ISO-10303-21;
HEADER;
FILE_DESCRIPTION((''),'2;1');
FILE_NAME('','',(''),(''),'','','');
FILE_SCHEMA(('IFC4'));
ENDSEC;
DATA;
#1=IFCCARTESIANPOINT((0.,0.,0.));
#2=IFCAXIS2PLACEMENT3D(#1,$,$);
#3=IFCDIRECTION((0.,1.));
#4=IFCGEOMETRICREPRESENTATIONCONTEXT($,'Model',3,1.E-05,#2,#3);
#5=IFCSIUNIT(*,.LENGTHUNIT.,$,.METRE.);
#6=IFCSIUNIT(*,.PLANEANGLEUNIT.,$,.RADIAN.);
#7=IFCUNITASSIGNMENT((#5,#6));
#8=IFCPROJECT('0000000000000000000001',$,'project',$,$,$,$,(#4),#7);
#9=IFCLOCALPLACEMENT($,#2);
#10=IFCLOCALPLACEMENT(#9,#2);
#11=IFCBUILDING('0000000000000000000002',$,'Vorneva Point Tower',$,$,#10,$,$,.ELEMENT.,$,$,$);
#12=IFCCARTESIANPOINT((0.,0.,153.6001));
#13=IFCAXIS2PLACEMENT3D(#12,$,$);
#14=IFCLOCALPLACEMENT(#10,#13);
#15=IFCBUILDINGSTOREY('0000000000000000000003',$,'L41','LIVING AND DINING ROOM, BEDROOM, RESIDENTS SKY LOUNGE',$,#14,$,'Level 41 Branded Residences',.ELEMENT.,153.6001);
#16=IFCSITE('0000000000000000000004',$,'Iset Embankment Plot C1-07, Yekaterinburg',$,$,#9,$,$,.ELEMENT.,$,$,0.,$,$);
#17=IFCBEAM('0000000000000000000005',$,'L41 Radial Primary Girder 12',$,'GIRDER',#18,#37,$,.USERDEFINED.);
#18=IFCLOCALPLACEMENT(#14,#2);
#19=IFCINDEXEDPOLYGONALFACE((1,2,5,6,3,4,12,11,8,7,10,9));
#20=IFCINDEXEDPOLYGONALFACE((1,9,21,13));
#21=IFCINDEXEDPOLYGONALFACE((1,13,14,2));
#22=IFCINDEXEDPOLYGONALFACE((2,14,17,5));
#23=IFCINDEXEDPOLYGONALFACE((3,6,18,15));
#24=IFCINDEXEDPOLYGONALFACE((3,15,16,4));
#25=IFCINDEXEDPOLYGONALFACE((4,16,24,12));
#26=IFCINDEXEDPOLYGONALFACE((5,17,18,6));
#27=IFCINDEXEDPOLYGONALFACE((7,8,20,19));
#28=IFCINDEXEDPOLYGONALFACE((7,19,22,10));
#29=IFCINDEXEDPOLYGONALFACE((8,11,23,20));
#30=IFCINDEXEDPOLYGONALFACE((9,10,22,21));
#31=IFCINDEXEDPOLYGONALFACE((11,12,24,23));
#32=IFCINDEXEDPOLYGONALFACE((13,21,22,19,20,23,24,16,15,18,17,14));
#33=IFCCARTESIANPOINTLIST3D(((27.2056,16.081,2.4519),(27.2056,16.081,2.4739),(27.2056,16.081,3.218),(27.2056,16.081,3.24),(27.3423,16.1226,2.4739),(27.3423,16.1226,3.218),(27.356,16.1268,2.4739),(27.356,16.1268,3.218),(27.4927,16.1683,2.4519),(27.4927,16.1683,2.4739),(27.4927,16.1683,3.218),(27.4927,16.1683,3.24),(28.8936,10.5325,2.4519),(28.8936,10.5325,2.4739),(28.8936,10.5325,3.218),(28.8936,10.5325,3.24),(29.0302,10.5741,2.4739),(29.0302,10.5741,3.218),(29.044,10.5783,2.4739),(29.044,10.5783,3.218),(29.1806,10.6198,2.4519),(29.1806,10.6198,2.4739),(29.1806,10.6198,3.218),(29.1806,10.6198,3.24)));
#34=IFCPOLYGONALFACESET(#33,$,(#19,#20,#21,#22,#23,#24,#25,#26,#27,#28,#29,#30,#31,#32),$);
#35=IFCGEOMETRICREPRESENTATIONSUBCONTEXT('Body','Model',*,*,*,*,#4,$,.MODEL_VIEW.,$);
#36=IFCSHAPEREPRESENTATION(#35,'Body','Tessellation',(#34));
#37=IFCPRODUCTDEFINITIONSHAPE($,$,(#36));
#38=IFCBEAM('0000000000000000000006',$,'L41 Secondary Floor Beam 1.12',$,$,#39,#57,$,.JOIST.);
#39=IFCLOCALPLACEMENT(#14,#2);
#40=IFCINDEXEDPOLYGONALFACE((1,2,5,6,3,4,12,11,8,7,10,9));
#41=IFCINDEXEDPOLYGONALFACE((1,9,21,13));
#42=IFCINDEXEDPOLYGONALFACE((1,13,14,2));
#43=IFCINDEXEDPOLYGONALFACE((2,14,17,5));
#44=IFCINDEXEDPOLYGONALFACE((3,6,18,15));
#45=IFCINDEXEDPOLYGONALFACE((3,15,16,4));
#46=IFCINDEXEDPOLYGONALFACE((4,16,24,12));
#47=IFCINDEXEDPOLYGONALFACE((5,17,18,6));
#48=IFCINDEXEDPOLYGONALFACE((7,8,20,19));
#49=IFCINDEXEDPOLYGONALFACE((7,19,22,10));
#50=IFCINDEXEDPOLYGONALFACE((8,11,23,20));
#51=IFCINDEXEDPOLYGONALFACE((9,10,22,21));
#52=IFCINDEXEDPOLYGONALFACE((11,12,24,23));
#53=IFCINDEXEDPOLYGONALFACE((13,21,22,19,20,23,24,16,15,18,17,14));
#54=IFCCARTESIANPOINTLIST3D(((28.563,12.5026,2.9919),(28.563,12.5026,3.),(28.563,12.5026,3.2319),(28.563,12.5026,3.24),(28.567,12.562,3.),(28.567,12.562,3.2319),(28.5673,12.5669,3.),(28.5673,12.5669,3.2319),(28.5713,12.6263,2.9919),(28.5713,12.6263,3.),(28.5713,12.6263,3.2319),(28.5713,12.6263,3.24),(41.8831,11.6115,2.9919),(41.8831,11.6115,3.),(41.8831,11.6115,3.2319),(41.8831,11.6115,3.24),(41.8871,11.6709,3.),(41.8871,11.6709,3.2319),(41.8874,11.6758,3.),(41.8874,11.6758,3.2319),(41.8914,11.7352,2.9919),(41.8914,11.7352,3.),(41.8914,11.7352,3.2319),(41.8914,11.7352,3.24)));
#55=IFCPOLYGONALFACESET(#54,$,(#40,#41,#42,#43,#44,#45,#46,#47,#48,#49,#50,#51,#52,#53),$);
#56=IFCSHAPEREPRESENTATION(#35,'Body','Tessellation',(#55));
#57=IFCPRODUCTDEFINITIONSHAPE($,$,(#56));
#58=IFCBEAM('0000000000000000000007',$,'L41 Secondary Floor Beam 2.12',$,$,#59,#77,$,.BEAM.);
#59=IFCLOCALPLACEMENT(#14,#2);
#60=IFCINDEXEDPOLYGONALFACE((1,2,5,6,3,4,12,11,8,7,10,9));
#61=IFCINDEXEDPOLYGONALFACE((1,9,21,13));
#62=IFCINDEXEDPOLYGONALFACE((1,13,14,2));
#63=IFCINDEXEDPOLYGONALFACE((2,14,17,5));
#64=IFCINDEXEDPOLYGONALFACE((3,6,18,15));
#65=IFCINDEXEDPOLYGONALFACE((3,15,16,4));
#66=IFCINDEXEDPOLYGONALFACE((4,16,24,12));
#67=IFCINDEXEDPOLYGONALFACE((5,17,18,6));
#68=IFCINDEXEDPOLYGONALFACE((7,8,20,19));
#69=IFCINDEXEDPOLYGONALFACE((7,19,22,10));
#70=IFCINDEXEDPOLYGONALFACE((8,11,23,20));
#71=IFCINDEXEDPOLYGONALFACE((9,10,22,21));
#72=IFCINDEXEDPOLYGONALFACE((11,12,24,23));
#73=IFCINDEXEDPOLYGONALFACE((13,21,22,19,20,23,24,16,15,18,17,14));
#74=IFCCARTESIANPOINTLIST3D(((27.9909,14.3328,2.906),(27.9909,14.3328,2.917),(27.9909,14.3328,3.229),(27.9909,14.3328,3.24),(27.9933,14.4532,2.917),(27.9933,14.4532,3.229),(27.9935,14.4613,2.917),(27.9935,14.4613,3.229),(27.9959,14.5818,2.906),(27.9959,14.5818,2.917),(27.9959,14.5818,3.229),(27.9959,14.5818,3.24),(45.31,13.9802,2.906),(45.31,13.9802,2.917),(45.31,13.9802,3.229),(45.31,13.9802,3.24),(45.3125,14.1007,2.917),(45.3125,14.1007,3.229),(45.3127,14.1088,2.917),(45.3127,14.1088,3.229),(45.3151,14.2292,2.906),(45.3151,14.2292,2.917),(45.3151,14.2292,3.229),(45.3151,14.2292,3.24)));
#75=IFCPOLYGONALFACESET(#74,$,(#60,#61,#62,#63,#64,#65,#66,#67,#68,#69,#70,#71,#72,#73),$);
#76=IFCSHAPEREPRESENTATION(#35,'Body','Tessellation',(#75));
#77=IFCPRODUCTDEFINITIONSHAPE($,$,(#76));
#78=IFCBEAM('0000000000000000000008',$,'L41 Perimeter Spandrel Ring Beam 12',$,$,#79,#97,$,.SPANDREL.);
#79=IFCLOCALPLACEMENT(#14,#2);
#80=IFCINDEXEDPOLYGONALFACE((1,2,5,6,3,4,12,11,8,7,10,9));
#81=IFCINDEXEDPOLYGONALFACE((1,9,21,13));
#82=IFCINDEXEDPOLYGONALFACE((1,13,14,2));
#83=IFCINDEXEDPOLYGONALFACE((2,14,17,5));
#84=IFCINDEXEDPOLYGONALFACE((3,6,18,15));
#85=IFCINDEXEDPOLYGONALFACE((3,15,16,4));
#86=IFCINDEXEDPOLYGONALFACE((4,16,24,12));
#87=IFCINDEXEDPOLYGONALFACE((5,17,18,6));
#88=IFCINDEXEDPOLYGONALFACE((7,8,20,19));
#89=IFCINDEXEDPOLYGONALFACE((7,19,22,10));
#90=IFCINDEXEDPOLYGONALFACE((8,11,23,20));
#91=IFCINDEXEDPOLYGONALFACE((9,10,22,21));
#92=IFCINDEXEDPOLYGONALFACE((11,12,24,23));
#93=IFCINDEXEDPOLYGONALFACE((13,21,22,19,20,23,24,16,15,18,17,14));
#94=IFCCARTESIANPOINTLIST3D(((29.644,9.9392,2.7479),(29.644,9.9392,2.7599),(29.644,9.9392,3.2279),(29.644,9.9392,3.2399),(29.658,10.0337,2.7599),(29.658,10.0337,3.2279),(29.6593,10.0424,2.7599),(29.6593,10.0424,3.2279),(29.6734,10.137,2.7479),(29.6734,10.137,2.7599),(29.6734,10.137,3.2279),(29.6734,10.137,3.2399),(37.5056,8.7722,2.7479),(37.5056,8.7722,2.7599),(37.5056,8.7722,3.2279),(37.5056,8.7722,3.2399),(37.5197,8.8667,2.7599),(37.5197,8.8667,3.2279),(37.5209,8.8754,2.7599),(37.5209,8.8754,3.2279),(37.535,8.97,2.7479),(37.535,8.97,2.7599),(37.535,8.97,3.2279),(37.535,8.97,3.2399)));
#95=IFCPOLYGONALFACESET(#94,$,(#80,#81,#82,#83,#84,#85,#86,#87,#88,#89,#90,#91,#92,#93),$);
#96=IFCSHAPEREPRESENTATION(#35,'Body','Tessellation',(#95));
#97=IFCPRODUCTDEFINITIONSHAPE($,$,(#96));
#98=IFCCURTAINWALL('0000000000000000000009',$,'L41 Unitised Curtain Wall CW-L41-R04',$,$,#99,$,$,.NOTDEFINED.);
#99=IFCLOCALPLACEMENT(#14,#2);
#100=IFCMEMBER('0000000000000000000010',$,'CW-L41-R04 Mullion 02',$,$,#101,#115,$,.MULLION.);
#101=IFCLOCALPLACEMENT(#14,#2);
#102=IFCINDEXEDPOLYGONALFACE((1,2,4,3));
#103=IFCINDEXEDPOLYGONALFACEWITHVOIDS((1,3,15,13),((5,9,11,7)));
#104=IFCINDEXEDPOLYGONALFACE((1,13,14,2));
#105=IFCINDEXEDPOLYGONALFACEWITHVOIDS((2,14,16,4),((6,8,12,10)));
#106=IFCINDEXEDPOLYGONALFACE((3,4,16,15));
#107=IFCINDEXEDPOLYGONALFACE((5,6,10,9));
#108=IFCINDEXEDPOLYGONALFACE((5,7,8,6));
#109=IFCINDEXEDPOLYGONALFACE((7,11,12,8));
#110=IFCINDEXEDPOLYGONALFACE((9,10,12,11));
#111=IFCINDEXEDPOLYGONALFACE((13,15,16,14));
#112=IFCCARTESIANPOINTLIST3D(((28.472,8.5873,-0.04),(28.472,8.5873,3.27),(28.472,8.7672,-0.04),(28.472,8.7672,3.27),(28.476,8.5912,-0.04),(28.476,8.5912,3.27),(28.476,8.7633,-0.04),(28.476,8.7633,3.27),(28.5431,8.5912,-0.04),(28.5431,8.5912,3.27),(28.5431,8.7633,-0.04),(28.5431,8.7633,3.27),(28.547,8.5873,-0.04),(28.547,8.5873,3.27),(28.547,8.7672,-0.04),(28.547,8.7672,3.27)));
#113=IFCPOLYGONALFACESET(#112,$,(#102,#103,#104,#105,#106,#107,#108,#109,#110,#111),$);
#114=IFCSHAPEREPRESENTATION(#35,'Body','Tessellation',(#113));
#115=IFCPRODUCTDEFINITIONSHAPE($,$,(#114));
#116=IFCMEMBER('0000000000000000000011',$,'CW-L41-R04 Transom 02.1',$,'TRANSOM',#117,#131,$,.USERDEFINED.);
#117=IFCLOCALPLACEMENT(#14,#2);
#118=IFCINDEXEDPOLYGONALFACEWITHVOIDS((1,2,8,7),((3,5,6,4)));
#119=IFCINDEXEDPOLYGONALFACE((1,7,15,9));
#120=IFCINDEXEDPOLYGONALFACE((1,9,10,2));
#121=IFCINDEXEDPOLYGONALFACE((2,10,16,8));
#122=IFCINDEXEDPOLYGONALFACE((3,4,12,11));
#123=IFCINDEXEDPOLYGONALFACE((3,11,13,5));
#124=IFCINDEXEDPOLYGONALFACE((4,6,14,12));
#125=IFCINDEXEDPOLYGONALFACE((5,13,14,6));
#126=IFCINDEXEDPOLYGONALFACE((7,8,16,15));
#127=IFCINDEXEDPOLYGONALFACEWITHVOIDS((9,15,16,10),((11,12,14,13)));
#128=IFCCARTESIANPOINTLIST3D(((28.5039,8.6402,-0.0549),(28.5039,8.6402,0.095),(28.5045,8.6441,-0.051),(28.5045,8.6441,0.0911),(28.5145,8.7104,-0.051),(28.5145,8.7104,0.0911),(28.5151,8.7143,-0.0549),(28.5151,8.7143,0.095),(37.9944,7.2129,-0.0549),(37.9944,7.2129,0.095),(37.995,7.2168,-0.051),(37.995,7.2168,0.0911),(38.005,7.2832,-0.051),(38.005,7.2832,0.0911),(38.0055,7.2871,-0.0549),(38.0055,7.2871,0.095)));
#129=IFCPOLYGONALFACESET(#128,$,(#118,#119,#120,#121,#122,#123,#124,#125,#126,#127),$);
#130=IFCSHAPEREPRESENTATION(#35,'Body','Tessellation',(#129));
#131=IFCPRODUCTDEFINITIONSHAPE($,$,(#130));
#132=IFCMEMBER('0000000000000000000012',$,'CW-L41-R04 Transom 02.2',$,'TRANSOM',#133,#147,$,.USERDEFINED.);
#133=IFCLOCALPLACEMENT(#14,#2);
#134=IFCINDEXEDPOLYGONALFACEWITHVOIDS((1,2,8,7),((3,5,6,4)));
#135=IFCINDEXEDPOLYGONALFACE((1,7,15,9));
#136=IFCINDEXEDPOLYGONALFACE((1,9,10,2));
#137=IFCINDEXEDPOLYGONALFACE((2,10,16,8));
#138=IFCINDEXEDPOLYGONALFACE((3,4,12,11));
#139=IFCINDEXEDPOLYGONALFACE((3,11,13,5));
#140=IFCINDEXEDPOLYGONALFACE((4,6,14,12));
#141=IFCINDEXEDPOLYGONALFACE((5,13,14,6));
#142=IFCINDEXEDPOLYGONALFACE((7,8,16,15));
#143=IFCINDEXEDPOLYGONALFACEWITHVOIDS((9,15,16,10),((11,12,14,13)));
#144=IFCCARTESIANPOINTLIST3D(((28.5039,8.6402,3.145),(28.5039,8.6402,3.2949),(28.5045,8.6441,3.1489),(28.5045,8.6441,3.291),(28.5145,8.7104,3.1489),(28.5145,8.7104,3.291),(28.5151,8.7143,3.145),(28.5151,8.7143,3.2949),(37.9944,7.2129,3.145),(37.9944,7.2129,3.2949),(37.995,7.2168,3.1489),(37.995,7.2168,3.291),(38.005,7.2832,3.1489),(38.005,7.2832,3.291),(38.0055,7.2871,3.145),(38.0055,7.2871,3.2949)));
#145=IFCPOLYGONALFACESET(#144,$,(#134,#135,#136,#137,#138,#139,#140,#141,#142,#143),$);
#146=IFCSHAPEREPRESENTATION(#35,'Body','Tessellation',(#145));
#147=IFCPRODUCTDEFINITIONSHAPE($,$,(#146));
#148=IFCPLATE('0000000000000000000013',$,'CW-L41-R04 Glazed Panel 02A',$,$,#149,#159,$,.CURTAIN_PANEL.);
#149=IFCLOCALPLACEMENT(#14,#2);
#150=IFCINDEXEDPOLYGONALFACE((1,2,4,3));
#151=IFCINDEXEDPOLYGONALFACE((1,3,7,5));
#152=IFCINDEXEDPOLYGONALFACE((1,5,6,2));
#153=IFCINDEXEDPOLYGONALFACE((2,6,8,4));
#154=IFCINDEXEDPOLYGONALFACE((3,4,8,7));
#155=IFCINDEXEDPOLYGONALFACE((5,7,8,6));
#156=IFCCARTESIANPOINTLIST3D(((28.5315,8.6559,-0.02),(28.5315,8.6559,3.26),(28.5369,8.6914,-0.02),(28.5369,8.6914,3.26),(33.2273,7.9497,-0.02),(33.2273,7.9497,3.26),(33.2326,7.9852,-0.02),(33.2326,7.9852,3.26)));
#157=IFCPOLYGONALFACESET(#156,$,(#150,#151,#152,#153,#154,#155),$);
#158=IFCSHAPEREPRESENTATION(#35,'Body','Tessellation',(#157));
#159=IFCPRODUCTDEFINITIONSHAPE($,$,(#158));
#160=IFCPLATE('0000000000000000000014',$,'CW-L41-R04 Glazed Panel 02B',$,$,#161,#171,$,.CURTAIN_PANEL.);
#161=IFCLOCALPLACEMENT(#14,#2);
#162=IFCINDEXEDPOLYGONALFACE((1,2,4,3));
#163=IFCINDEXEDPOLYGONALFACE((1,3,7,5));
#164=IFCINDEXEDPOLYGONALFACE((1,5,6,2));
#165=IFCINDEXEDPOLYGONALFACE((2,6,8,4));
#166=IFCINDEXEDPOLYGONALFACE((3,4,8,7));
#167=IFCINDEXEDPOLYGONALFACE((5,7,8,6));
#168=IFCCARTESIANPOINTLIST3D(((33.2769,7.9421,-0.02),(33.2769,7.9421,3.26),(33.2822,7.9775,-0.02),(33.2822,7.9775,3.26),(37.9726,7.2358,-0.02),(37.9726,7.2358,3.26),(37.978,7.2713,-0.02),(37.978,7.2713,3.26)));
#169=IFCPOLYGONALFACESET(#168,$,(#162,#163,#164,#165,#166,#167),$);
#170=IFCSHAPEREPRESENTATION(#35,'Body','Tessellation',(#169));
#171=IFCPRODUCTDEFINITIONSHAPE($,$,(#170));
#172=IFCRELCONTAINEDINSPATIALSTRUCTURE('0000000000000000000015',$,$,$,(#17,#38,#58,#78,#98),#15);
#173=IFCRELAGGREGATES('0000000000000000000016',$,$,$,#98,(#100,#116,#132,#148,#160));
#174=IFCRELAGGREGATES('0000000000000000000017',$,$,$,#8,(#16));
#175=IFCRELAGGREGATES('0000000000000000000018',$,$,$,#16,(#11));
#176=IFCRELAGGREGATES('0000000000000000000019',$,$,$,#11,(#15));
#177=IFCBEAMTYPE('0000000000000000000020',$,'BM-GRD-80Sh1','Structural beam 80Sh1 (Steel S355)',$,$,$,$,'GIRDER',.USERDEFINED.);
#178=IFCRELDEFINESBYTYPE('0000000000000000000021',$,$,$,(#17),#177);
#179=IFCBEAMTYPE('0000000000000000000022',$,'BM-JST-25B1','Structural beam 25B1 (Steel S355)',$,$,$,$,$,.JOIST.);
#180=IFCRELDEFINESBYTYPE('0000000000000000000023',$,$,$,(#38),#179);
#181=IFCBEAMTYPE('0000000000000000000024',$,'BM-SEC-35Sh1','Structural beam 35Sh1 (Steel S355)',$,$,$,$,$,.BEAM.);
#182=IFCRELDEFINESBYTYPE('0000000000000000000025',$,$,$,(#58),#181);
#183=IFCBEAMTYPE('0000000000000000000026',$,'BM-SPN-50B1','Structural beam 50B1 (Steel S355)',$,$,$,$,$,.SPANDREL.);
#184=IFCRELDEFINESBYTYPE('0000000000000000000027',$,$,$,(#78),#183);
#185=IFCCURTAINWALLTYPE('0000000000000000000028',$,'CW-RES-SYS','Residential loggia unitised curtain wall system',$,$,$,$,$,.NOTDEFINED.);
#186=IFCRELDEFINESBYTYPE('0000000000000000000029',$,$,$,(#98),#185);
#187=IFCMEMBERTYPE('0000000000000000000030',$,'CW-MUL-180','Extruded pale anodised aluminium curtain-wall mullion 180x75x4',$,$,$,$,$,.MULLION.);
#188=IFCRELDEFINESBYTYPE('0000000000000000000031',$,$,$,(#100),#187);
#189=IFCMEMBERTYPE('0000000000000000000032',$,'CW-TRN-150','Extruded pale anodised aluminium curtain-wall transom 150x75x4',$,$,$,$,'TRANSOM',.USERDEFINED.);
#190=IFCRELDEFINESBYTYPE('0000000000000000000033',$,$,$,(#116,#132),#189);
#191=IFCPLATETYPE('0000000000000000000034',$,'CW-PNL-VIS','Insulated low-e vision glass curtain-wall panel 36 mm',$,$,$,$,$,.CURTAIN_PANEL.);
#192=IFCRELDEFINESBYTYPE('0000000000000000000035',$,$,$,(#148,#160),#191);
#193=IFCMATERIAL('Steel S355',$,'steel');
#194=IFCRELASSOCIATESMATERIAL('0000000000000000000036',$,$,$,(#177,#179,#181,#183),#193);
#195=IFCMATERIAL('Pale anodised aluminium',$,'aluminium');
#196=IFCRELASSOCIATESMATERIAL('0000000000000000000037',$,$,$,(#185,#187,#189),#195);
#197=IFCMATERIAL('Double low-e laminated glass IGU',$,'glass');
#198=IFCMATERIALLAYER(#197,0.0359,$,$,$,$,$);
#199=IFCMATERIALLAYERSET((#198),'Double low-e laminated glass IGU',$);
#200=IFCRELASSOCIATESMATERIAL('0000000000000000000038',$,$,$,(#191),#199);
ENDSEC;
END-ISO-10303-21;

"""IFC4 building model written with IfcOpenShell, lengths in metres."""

from ifc_helpers import new_model, si_unit, direction, frame, origin, origin_2d, place, context, subcontext, project, spatial, rectangle, hollow_rectangle, i_section, extrude, material, layer, layer_set, material_profile, profile_set, type_object, element, aggregate, save


model = new_model("IFC4")

# Units and contexts
model_context = context("Model", 3, precision=1e-05, world=origin(), true_north=direction((0.0, 1.0)))
body_context = subcontext(model_context, "Body", "Model", "MODEL_VIEW")
ifc_project = project(units=[si_unit("LENGTHUNIT", "METRE"), si_unit("PLANEANGLEUNIT", "RADIAN")], contexts=[model_context])

# Site, building, storey
site_placement = place(None, origin())
site = spatial("IfcSite", under=ifc_project, at=site_placement, Name="Iset Embankment Plot C1-07, Yekaterinburg", CompositionType="ELEMENT", RefElevation=0.0)
building_placement = place(site_placement, origin())
building = spatial("IfcBuilding", under=site, at=building_placement, Name="Vorneva Point Tower", CompositionType="ELEMENT")
storey_placement = place(building_placement, frame((0.0, 0.0, 153.6001)))
storey = spatial("IfcBuildingStorey", under=building, at=storey_placement, Name="L41", Description="LIVING AND DINING ROOM, BEDROOM, RESIDENTS SKY LOUNGE", LongName="Level 41 Branded Residences", CompositionType="ELEMENT", Elevation=153.6001)

# Beams
ifc_material_1 = material(Name="Steel S355", Category="steel")
ifc_material_profile_1 = material_profile(ifc_material_1, i_section(OverallWidth=0.3, OverallDepth=0.7881, WebThickness=0.0144, FlangeThickness=0.022, at=origin_2d()), Name="80Sh1")
ifc_profile_set_1 = profile_set([ifc_material_profile_1], Name="Steel S355")
beam_type_1 = type_object("IfcBeamType", Name="BM-GRD-80Sh1", Description="Structural beam 80Sh1 (Steel S355)", ElementType="GIRDER", PredefinedType="USERDEFINED", material=ifc_profile_set_1)
beam_1_placement = place(storey_placement, frame((29.0371, 10.5762, 2.8459), z_axis=(-0.291049, 0.956708, 0.0), x_axis=(-0.956708, -0.291049, 0.0)))
element("IfcBeam", 1, at=beam_1_placement, inside=storey, type_object=beam_type_1, Name="L41 Radial Primary Girder 12", ObjectType="GIRDER", PredefinedType="USERDEFINED", context=body_context, shape_type="SweptSolid", body=[
    extrude(i_section(OverallWidth=0.3, OverallDepth=0.7881, WebThickness=0.0144, FlangeThickness=0.022, at=origin_2d()), origin(), (0.0, 0.0, 1.0), 5.7996),
])
ifc_material_profile_2 = material_profile(ifc_material_1, i_section(OverallWidth=0.124, OverallDepth=0.248, WebThickness=0.0049, FlangeThickness=0.0081, at=origin_2d()), Name="25B1")
ifc_profile_set_2 = profile_set([ifc_material_profile_2], Name="Steel S355")
beam_type_2 = type_object("IfcBeamType", Name="BM-JST-25B1", Description="Structural beam 25B1 (Steel S355)", PredefinedType="JOIST", material=ifc_profile_set_2)
beam_2_placement = place(storey_placement, frame((28.5671, 12.5645, 3.116), z_axis=(0.99777, -0.066751, 0.0), x_axis=(0.066751, 0.99777, 0.0)))
element("IfcBeam", 2, at=beam_2_placement, inside=storey, type_object=beam_type_2, Name="L41 Secondary Floor Beam 1.12", PredefinedType="JOIST", context=body_context, shape_type="SweptSolid", body=[
    extrude(i_section(OverallWidth=0.124, OverallDepth=0.248, WebThickness=0.0049, FlangeThickness=0.0081, at=origin_2d()), origin(), (0.0, 0.0, 1.0), 13.3499),
])
ifc_material_profile_3 = material_profile(ifc_material_1, i_section(OverallWidth=0.249, OverallDepth=0.334, WebThickness=0.0081, FlangeThickness=0.011, at=origin_2d()), Name="35Sh1")
ifc_profile_set_3 = profile_set([ifc_material_profile_3], Name="Steel S355")
beam_type_3 = type_object("IfcBeamType", Name="BM-SEC-35Sh1", Description="Structural beam 35Sh1 (Steel S355)", PredefinedType="BEAM", material=ifc_profile_set_3)
beam_3_placement = place(storey_placement, frame((27.9934, 14.4573, 3.073), z_axis=(0.999793, -0.020351, 0.0), x_axis=(0.020351, 0.999793, 0.0)))
element("IfcBeam", 3, at=beam_3_placement, inside=storey, type_object=beam_type_3, Name="L41 Secondary Floor Beam 2.12", PredefinedType="BEAM", context=body_context, shape_type="SweptSolid", body=[
    extrude(i_section(OverallWidth=0.249, OverallDepth=0.334, WebThickness=0.0081, FlangeThickness=0.011, at=origin_2d()), origin(), (0.0, 0.0, 1.0), 17.3228),
])
ifc_material_profile_4 = material_profile(ifc_material_1, i_section(OverallWidth=0.2, OverallDepth=0.4919, WebThickness=0.0088, FlangeThickness=0.012, at=origin_2d()), Name="50B1")
ifc_profile_set_4 = profile_set([ifc_material_profile_4], Name="Steel S355")
beam_type_4 = type_object("IfcBeamType", Name="BM-SPN-50B1", Description="Structural beam 50B1 (Steel S355)", PredefinedType="SPANDREL", material=ifc_profile_set_4)
beam_4_placement = place(storey_placement, frame((29.6587, 10.0381, 2.9939), z_axis=(0.989161, -0.146834, 0.0), x_axis=(0.146834, 0.989161, 0.0)))
element("IfcBeam", 4, at=beam_4_placement, inside=storey, type_object=beam_type_4, Name="L41 Perimeter Spandrel Ring Beam 12", PredefinedType="SPANDREL", context=body_context, shape_type="SweptSolid", body=[
    extrude(i_section(OverallWidth=0.2, OverallDepth=0.4919, WebThickness=0.0088, FlangeThickness=0.012, at=origin_2d()), origin(), (0.0, 0.0, 1.0), 7.9478),
])

# Curtain wall, members, plates
ifc_material_2 = material(Name="Pale anodised aluminium", Category="aluminium")
curtain_wall_type = type_object("IfcCurtainWallType", Name="CW-RES-SYS", Description="Residential loggia unitised curtain wall system", PredefinedType="NOTDEFINED", material=ifc_material_2)
curtain_wall_placement = place(storey_placement, origin())
curtain_wall = element("IfcCurtainWall", 5, at=curtain_wall_placement, inside=storey, type_object=curtain_wall_type, Name="L41 Unitised Curtain Wall CW-L41-R04", PredefinedType="NOTDEFINED")
ifc_material_profile_5 = material_profile(ifc_material_2, hollow_rectangle(XDim=0.075, YDim=0.1799, WallThickness=0.0039, at=origin_2d()), Name="AL-MUL 180x75x4")
ifc_profile_set_5 = profile_set([ifc_material_profile_5], Name="Pale anodised aluminium")
member_type_1 = type_object("IfcMemberType", Name="CW-MUL-180", Description="Extruded pale anodised aluminium curtain-wall mullion 180x75x4", PredefinedType="MULLION", material=ifc_profile_set_5)
member_1_placement = place(storey_placement, frame((28.5095, 8.6772, -0.04), z_axis=(0.0, 0.0, 1.0), x_axis=(1.0, 0.0, 0.0)))
member_1 = element("IfcMember", 6, at=member_1_placement, type_object=member_type_1, Name="CW-L41-R04 Mullion 02", PredefinedType="MULLION", context=body_context, shape_type="SweptSolid", body=[
    extrude(hollow_rectangle(XDim=0.075, YDim=0.1799, WallThickness=0.0039, at=origin_2d()), origin(), (0.0, 0.0, 1.0), 3.3101),
])
ifc_material_profile_6 = material_profile(ifc_material_2, hollow_rectangle(XDim=0.075, YDim=0.1499, WallThickness=0.0039, at=origin_2d()), Name="AL-TRN 150x75x4")
ifc_profile_set_6 = profile_set([ifc_material_profile_6], Name="Pale anodised aluminium")
member_type_2 = type_object("IfcMemberType", Name="CW-TRN-150", Description="Extruded pale anodised aluminium curtain-wall transom 150x75x4", ElementType="TRANSOM", PredefinedType="USERDEFINED", material=ifc_profile_set_6)
member_2_placement = place(storey_placement, frame((28.5095, 8.6772, 0.02), z_axis=(0.98888, -0.148715, 0.0), x_axis=(0.148715, 0.98888, 0.0)))
member_2 = element("IfcMember", 7, at=member_2_placement, type_object=member_type_2, Name="CW-L41-R04 Transom 02.1", ObjectType="TRANSOM", PredefinedType="USERDEFINED", context=body_context, shape_type="SweptSolid", body=[
    extrude(hollow_rectangle(XDim=0.075, YDim=0.1499, WallThickness=0.0039, at=origin_2d()), origin(), (0.0, 0.0, 1.0), 9.5972),
])
member_3_placement = place(storey_placement, frame((28.5095, 8.6772, 3.22), z_axis=(0.98888, -0.148715, 0.0), x_axis=(0.148715, 0.98888, 0.0)))
member_3 = element("IfcMember", 8, at=member_3_placement, type_object=member_type_2, Name="CW-L41-R04 Transom 02.2", ObjectType="TRANSOM", PredefinedType="USERDEFINED", context=body_context, shape_type="SweptSolid", body=[
    extrude(hollow_rectangle(XDim=0.075, YDim=0.1499, WallThickness=0.0039, at=origin_2d()), origin(), (0.0, 0.0, 1.0), 9.5972),
])
ifc_material_3 = material(Name="Double low-e laminated glass IGU", Category="glass")
ifc_layer_1 = layer(ifc_material_3, 0.0359)
ifc_layer_set_1 = layer_set([ifc_layer_1], Name="Double low-e laminated glass IGU")
plate_type = type_object("IfcPlateType", Name="CW-PNL-VIS", Description="Insulated low-e vision glass curtain-wall panel 36 mm", PredefinedType="CURTAIN_PANEL", material=ifc_layer_set_1)
plate_1_placement = place(storey_placement, frame((30.8821, 8.3206, -0.02), z_axis=(0.0, 0.0, 1.0), x_axis=(0.988879, -0.148724, 0.0)))
plate_1 = element("IfcPlate", 9, at=plate_1_placement, type_object=plate_type, Name="CW-L41-R04 Glazed Panel 02A", PredefinedType="CURTAIN_PANEL", context=body_context, shape_type="SweptSolid", body=[
    extrude(rectangle(XDim=4.7485, YDim=0.0359, at=origin_2d()), origin(), (0.0, 0.0, 1.0), 3.28),
])
plate_2_placement = place(storey_placement, frame((35.6274, 7.6067, -0.02), z_axis=(0.0, 0.0, 1.0), x_axis=(0.988879, -0.148724, 0.0)))
plate_2 = element("IfcPlate", 10, at=plate_2_placement, type_object=plate_type, Name="CW-L41-R04 Glazed Panel 02B", PredefinedType="CURTAIN_PANEL", context=body_context, shape_type="SweptSolid", body=[
    extrude(rectangle(XDim=4.7485, YDim=0.0359, at=origin_2d()), origin(), (0.0, 0.0, 1.0), 3.28),
])
aggregate(curtain_wall, [member_1, member_2, member_3, plate_1, plate_2])

save(model, "model.ifc")
